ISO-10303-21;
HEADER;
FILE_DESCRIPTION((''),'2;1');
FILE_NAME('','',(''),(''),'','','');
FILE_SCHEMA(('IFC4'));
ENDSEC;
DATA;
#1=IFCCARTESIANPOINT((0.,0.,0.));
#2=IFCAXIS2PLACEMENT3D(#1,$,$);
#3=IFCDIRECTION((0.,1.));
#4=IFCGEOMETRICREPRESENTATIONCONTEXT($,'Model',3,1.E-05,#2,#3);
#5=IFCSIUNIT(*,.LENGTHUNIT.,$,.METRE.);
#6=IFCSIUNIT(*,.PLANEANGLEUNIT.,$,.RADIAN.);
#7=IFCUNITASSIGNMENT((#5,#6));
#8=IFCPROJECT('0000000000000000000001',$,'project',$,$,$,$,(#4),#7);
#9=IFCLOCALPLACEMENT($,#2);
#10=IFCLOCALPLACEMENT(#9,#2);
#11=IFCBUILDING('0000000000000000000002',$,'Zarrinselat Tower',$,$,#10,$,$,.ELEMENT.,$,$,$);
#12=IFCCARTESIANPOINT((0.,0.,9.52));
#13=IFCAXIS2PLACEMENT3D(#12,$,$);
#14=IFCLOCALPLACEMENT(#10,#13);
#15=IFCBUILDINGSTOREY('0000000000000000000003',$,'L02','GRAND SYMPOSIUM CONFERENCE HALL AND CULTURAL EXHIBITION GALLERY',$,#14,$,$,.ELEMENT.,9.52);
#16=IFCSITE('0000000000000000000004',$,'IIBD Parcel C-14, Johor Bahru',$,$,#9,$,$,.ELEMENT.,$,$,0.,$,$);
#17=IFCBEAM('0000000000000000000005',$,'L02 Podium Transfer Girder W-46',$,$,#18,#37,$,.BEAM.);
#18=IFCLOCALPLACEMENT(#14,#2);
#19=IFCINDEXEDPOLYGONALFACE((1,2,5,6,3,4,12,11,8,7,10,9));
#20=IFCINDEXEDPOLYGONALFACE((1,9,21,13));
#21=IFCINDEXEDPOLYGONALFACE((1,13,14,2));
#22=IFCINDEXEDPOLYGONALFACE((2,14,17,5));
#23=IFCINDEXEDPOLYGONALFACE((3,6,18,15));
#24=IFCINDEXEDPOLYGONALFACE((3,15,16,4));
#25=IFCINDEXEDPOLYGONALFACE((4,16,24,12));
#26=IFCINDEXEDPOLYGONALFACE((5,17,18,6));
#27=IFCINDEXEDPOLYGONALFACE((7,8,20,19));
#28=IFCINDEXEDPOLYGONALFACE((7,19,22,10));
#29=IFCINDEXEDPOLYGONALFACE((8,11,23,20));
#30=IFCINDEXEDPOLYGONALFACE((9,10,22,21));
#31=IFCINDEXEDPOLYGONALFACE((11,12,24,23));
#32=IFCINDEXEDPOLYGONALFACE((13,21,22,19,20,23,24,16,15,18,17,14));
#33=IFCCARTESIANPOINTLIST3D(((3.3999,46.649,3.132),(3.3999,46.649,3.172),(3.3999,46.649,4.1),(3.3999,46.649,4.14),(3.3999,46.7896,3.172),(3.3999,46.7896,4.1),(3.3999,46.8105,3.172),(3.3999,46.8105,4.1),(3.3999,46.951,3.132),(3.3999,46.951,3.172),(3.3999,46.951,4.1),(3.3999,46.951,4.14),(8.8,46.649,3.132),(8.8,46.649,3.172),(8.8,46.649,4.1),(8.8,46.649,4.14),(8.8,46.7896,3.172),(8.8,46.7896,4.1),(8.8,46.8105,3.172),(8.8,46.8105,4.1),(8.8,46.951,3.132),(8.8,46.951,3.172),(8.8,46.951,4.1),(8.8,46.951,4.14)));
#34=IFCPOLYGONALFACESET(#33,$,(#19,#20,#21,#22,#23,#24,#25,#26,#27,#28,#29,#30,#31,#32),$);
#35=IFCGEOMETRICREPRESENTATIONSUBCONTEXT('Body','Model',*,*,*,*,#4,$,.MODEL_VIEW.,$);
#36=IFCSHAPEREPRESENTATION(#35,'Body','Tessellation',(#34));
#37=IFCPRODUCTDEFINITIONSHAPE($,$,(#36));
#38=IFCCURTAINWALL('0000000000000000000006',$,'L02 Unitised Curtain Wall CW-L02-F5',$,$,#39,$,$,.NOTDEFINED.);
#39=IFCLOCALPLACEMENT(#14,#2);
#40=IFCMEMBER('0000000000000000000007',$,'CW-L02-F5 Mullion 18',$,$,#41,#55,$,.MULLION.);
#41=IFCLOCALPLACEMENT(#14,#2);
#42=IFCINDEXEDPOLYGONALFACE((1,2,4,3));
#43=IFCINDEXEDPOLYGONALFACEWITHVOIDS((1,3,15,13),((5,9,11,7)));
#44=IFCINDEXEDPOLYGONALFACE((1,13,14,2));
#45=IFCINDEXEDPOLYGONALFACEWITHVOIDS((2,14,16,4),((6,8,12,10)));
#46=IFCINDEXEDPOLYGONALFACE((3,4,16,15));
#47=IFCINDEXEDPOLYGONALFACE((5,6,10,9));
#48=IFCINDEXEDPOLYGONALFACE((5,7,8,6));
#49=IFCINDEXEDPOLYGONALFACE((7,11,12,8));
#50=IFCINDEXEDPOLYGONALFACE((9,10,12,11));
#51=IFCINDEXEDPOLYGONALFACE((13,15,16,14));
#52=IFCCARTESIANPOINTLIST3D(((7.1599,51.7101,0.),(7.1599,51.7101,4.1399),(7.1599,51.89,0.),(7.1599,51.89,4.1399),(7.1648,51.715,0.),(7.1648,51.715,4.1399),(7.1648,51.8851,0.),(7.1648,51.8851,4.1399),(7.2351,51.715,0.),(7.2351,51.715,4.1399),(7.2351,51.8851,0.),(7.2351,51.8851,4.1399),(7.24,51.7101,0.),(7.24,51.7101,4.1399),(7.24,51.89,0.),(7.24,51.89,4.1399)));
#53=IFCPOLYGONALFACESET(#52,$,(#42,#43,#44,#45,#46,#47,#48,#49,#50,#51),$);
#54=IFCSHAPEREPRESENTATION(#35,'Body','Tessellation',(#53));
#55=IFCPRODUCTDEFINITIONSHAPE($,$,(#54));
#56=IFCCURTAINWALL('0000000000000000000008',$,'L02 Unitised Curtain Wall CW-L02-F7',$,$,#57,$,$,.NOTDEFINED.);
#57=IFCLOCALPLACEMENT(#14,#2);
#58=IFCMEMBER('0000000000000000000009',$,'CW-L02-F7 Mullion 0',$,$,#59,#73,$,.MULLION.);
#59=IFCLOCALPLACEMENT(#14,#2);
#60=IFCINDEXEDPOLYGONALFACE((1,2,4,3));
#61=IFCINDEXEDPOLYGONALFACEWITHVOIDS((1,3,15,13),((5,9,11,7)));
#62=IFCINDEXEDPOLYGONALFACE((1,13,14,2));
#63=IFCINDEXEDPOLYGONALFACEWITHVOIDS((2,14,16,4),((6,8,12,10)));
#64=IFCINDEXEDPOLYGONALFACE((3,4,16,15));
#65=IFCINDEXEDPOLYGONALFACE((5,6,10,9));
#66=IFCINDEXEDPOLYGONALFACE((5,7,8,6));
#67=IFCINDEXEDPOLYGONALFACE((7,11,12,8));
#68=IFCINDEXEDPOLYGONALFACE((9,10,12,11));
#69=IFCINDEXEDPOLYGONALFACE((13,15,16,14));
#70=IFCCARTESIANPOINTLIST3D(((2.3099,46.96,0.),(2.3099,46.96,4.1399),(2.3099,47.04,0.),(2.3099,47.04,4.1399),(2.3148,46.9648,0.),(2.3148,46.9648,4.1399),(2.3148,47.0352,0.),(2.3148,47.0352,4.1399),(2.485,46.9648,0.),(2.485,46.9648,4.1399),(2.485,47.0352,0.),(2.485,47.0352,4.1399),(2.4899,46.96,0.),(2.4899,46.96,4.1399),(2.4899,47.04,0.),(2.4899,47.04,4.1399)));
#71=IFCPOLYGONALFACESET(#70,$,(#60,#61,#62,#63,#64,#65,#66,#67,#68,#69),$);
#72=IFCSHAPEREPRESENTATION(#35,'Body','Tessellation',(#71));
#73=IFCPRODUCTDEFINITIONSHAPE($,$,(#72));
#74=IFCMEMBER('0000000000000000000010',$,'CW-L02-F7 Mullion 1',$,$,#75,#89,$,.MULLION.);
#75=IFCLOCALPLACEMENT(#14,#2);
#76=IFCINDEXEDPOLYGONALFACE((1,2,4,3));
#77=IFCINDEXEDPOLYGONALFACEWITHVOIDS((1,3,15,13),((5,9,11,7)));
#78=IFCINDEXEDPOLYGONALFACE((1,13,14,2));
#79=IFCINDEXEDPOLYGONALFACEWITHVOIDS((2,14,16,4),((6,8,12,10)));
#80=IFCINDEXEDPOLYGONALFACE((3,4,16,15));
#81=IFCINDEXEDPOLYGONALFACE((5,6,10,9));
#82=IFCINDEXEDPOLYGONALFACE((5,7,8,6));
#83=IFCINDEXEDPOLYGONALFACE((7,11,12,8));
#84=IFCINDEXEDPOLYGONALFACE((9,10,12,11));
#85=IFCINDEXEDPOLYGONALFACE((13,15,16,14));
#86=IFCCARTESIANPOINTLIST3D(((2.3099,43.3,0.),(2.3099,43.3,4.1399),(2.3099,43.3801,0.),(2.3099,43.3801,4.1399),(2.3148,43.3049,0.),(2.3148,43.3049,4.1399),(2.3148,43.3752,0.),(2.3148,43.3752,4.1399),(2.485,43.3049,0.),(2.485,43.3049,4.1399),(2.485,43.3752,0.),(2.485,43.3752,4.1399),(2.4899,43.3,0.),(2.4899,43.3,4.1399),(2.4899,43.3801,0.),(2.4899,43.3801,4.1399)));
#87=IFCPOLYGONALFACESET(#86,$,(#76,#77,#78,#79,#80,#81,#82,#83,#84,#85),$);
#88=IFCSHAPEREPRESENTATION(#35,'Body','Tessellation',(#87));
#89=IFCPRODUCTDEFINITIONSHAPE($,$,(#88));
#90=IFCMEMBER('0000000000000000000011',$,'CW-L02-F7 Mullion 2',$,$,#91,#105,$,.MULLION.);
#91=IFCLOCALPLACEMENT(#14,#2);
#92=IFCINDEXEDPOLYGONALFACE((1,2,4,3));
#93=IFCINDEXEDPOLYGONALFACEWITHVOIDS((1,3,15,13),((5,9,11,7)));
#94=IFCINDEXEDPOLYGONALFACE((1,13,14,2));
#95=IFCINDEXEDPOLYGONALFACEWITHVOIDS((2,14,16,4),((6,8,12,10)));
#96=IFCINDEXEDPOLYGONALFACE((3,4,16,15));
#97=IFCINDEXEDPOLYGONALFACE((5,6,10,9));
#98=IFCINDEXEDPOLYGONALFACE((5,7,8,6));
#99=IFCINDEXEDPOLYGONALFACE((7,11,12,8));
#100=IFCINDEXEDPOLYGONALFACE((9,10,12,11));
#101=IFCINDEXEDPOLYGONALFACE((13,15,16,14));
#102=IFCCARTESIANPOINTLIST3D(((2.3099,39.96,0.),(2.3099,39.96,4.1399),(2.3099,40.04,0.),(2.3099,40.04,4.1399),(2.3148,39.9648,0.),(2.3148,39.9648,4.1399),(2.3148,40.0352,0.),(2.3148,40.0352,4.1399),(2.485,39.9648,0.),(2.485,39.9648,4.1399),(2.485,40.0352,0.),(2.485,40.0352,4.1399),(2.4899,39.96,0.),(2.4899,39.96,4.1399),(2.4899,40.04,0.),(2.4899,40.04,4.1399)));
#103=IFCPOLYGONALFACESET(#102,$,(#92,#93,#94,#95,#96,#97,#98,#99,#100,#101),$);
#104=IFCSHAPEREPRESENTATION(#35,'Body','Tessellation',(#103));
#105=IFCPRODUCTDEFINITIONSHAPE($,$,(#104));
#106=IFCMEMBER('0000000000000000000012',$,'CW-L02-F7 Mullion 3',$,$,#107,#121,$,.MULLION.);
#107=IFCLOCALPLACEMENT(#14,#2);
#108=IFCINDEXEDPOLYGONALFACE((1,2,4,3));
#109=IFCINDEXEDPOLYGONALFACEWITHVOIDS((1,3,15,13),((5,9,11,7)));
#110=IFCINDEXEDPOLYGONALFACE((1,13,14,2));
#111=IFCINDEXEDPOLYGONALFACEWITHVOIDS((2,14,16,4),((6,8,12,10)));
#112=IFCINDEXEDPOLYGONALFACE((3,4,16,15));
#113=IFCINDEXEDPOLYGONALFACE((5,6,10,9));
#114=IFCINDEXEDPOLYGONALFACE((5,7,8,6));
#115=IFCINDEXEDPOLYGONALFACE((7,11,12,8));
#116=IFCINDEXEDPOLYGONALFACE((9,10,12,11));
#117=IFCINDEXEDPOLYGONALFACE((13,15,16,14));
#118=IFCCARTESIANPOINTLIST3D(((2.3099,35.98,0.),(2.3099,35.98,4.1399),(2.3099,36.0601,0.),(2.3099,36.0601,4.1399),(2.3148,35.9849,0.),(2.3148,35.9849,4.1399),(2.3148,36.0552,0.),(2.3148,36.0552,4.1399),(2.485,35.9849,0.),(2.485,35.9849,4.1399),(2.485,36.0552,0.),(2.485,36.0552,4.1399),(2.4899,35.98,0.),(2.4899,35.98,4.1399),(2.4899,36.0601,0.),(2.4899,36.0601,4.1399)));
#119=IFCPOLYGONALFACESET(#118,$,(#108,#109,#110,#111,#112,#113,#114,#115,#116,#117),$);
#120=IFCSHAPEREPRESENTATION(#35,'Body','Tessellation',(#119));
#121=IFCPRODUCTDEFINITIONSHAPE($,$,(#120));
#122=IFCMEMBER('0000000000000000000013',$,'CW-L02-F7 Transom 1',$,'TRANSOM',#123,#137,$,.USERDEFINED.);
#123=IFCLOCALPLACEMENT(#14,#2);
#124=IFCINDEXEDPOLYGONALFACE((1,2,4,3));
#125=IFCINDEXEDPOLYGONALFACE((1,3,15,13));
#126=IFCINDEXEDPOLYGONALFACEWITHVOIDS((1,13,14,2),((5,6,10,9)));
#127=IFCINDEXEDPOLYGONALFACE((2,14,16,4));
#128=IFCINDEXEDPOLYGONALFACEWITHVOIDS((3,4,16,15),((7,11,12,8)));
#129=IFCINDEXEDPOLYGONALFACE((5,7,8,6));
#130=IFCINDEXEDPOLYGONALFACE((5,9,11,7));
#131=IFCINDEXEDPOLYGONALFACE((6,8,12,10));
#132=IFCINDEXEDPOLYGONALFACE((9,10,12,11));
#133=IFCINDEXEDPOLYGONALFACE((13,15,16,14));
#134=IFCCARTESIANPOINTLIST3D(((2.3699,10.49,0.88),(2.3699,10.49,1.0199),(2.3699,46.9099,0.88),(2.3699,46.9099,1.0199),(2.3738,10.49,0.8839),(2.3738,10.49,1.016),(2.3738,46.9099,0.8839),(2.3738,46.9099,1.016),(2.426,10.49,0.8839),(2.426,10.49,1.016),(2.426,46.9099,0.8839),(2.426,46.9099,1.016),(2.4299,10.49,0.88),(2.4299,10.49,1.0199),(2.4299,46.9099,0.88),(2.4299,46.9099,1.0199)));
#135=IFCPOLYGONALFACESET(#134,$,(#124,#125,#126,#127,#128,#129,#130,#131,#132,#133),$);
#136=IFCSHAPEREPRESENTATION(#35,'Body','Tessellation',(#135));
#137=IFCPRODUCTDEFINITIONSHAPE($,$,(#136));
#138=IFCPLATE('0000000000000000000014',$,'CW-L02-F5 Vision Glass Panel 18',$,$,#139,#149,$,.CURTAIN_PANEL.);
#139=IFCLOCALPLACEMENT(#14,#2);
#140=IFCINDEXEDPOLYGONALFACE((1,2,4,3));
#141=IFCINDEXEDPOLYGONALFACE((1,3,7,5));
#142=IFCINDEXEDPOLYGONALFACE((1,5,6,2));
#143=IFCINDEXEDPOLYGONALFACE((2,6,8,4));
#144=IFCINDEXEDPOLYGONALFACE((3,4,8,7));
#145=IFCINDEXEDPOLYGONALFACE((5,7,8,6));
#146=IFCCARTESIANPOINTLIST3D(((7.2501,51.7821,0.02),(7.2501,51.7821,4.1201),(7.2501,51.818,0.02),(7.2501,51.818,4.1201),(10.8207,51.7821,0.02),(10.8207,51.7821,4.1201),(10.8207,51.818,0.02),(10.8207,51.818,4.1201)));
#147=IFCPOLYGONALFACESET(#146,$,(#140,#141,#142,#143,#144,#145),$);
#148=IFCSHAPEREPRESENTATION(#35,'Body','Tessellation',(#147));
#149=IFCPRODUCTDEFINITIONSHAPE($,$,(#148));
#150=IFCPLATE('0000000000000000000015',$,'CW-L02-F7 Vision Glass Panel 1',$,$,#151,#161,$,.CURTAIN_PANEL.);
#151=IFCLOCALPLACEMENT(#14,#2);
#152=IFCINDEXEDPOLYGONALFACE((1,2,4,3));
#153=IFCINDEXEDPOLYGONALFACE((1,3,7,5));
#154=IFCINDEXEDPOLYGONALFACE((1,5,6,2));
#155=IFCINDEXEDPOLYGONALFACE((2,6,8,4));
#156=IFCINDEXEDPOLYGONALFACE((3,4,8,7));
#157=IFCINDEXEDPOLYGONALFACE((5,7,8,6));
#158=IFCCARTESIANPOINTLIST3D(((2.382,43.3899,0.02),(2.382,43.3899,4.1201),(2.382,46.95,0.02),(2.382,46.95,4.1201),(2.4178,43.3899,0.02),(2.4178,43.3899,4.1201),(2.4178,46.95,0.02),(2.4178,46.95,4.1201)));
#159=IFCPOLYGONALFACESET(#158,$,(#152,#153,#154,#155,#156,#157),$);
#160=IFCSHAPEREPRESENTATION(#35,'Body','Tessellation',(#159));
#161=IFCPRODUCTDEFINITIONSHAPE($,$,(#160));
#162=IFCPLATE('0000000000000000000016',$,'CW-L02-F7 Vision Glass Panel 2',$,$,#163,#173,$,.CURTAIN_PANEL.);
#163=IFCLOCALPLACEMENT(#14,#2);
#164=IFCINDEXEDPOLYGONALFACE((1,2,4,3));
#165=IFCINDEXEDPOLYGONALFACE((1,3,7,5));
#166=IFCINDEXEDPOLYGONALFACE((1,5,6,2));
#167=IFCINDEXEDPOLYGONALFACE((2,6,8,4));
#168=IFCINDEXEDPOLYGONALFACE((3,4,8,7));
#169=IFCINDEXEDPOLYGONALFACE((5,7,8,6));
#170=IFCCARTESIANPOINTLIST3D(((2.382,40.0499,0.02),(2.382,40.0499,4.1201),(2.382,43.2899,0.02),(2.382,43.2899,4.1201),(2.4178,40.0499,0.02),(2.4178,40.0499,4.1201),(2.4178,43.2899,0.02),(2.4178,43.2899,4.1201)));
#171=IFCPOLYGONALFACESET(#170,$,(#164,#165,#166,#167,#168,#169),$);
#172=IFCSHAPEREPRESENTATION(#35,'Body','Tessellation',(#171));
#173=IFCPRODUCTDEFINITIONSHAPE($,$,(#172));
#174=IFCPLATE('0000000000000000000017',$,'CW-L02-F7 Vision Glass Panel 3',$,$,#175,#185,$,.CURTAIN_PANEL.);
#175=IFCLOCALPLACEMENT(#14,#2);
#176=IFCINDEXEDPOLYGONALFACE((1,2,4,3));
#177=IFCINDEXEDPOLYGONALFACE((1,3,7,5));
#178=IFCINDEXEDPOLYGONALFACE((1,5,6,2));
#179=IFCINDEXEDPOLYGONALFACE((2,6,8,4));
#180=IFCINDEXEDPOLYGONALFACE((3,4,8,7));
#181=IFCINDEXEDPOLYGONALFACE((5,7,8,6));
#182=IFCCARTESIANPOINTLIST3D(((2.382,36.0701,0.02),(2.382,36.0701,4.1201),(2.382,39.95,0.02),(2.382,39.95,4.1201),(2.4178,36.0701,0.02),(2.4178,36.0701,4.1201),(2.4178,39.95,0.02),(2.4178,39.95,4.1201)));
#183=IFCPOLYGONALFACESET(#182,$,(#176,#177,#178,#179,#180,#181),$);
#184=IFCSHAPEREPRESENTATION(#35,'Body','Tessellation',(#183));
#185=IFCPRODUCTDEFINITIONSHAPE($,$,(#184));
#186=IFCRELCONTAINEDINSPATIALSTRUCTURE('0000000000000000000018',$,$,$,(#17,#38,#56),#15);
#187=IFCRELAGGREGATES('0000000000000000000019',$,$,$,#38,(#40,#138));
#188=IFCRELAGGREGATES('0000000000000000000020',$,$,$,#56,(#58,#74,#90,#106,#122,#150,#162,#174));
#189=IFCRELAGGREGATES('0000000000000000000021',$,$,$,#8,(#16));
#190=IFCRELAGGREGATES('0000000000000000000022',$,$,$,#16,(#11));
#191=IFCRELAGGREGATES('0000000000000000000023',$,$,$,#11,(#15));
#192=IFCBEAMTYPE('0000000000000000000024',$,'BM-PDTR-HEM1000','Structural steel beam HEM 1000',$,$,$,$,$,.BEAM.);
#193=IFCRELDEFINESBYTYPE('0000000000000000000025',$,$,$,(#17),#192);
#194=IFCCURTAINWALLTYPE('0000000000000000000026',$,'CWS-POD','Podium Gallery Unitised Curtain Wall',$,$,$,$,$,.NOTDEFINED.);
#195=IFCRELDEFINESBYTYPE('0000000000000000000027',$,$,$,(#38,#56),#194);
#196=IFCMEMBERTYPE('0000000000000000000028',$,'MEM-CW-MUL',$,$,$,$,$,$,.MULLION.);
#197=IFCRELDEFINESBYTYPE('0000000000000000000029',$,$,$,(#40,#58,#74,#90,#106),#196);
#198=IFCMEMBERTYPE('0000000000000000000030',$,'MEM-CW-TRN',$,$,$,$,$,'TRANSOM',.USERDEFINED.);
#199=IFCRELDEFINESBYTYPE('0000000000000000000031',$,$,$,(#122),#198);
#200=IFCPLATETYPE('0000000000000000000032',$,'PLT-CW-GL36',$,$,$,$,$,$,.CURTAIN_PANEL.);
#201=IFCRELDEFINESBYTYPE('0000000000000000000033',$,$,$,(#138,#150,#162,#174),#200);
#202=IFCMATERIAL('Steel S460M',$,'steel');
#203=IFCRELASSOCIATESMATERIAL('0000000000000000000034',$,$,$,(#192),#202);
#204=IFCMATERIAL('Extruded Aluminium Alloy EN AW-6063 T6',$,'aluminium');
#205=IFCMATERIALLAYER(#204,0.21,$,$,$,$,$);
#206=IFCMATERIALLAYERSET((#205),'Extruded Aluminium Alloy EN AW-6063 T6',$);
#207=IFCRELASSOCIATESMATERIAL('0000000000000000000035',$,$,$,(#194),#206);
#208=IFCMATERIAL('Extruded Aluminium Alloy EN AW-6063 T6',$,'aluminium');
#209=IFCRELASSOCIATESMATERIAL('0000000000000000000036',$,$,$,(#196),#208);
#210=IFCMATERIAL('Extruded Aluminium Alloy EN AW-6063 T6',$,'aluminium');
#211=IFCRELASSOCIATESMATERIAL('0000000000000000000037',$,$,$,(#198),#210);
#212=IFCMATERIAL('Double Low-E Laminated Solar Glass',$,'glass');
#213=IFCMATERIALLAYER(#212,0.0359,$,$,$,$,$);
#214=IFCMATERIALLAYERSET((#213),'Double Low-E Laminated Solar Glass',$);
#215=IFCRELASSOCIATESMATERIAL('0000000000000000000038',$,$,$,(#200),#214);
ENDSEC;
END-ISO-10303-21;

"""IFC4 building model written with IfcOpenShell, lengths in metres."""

from ifc_helpers import new_model, si_unit, direction, frame, origin, origin_2d, place, context, subcontext, project, spatial, rectangle, hollow_rectangle, i_section, extrude, material, layer, layer_set, material_profile, profile_set, type_object, element, aggregate, save


model = new_model("IFC4")

# Units and contexts
model_context = context("Model", 3, precision=1e-05, world=origin(), true_north=direction((0.0, 1.0)))
body_context = subcontext(model_context, "Body", "Model", "MODEL_VIEW")
ifc_project = project(units=[si_unit("LENGTHUNIT", "METRE"), si_unit("PLANEANGLEUNIT", "RADIAN")], contexts=[model_context])

# Site, building, storey
site_placement = place(None, origin())
site = spatial("IfcSite", under=ifc_project, at=site_placement, Name="IIBD Parcel C-14, Johor Bahru", CompositionType="ELEMENT", RefElevation=0.0)
building_placement = place(site_placement, origin())
building = spatial("IfcBuilding", under=site, at=building_placement, Name="Zarrinselat Tower", CompositionType="ELEMENT")
storey_placement = place(building_placement, frame((0.0, 0.0, 9.52)))
storey = spatial("IfcBuildingStorey", under=building, at=storey_placement, Name="L02", Description="GRAND SYMPOSIUM CONFERENCE HALL AND CULTURAL EXHIBITION GALLERY", CompositionType="ELEMENT", Elevation=9.52)

# Beam
ifc_material_1 = material(Name="Steel S460M", Category="steel")
ifc_material_profile_1 = material_profile(ifc_material_1, i_section(OverallWidth=0.302, OverallDepth=1.0081, WebThickness=0.021, FlangeThickness=0.04, at=origin_2d()), Name="HEM 1000")
ifc_profile_set_1 = profile_set([ifc_material_profile_1], Name="Steel S460M")
beam_type_1 = type_object("IfcBeamType", Name="BM-PDTR-HEM1000", Description="Structural steel beam HEM 1000", PredefinedType="BEAM", material=ifc_profile_set_1)
for number, where, z_axis, x_axis, name in (
    (1, (3.3999, 46.8, 3.636), (1.0, 0.0, 0.0), (0.0, 1.0, 0.0), "L02 Podium Transfer Girder W-46"),
):
    element("IfcBeam", number, at=place(storey_placement, frame(where, z_axis=z_axis, x_axis=x_axis)), inside=storey, type_object=beam_type_1, Name=name, PredefinedType="BEAM", context=body_context, shape_type="SweptSolid", body=[
        extrude(i_section(OverallWidth=0.302, OverallDepth=1.0081, WebThickness=0.021, FlangeThickness=0.04, at=origin_2d()), origin(), (0.0, 0.0, 1.0), 5.4001),
    ])

# Curtain wall, member
ifc_material_2 = material(Name="Extruded Aluminium Alloy EN AW-6063 T6", Category="aluminium")
ifc_layer_1 = layer(ifc_material_2, 0.21)
ifc_layer_set_1 = layer_set([ifc_layer_1], Name="Extruded Aluminium Alloy EN AW-6063 T6")
curtain_wall_type = type_object("IfcCurtainWallType", Name="CWS-POD", Description="Podium Gallery Unitised Curtain Wall", PredefinedType="NOTDEFINED", material=ifc_layer_set_1)
curtain_wall_1_placement = place(storey_placement, origin())
curtain_wall_1 = element("IfcCurtainWall", 2, at=curtain_wall_1_placement, inside=storey, type_object=curtain_wall_type, Name="L02 Unitised Curtain Wall CW-L02-F5", PredefinedType="NOTDEFINED")
ifc_material_3 = material(Name="Extruded Aluminium Alloy EN AW-6063 T6", Category="aluminium")
ifc_material_profile_2 = material_profile(ifc_material_3, hollow_rectangle(XDim=0.0801, YDim=0.1799, WallThickness=0.0049, at=origin_2d()), Name="RHS 180x80x5")
ifc_profile_set_2 = profile_set([ifc_material_profile_2], Name="Extruded Aluminium Alloy EN AW-6063 T6")
member_type_1 = type_object("IfcMemberType", Name="MEM-CW-MUL", PredefinedType="MULLION", material=ifc_profile_set_2)
member_1_placement = place(storey_placement, frame((7.2, 51.8, 0.0), z_axis=(0.0, 0.0, 1.0), x_axis=(-1.0, 0.0, 0.0)))
member_1 = element("IfcMember", 3, at=member_1_placement, type_object=member_type_1, Name="CW-L02-F5 Mullion 18", PredefinedType="MULLION", context=body_context, shape_type="SweptSolid", body=[
    extrude(hollow_rectangle(XDim=0.0801, YDim=0.1799, WallThickness=0.0049, at=origin_2d()), origin(), (0.0, 0.0, 1.0), 4.1399),
])

# Curtain wall, members
curtain_wall_2_placement = place(storey_placement, origin())
curtain_wall_2 = element("IfcCurtainWall", 4, at=curtain_wall_2_placement, inside=storey, type_object=curtain_wall_type, Name="L02 Unitised Curtain Wall CW-L02-F7", PredefinedType="NOTDEFINED")
member_2_placement = place(storey_placement, frame((2.3999, 47.0, 0.0), z_axis=(0.0, 0.0, 1.0), x_axis=(0.0, -1.0, 0.0)))
member_2 = element("IfcMember", 5, at=member_2_placement, type_object=member_type_1, Name="CW-L02-F7 Mullion 0", PredefinedType="MULLION", context=body_context, shape_type="SweptSolid", body=[
    extrude(hollow_rectangle(XDim=0.0801, YDim=0.1799, WallThickness=0.0049, at=origin_2d()), origin(), (0.0, 0.0, 1.0), 4.1399),
])
member_3_placement = place(storey_placement, frame((2.3999, 43.3401, 0.0), z_axis=(0.0, 0.0, 1.0), x_axis=(0.0, -1.0, 0.0)))
member_3 = element("IfcMember", 6, at=member_3_placement, type_object=member_type_1, Name="CW-L02-F7 Mullion 1", PredefinedType="MULLION", context=body_context, shape_type="SweptSolid", body=[
    extrude(hollow_rectangle(XDim=0.0801, YDim=0.1799, WallThickness=0.0049, at=origin_2d()), origin(), (0.0, 0.0, 1.0), 4.1399),
])
member_4_placement = place(storey_placement, frame((2.3999, 40.0, 0.0), z_axis=(0.0, 0.0, 1.0), x_axis=(0.0, -1.0, 0.0)))
member_4 = element("IfcMember", 7, at=member_4_placement, type_object=member_type_1, Name="CW-L02-F7 Mullion 2", PredefinedType="MULLION", context=body_context, shape_type="SweptSolid", body=[
    extrude(hollow_rectangle(XDim=0.0801, YDim=0.1799, WallThickness=0.0049, at=origin_2d()), origin(), (0.0, 0.0, 1.0), 4.1399),
])
member_5_placement = place(storey_placement, frame((2.3999, 36.02, 0.0), z_axis=(0.0, 0.0, 1.0), x_axis=(0.0, -1.0, 0.0)))
member_5 = element("IfcMember", 8, at=member_5_placement, type_object=member_type_1, Name="CW-L02-F7 Mullion 3", PredefinedType="MULLION", context=body_context, shape_type="SweptSolid", body=[
    extrude(hollow_rectangle(XDim=0.0801, YDim=0.1799, WallThickness=0.0049, at=origin_2d()), origin(), (0.0, 0.0, 1.0), 4.1399),
])
ifc_material_4 = material(Name="Extruded Aluminium Alloy EN AW-6063 T6", Category="aluminium")
ifc_material_profile_3 = material_profile(ifc_material_4, hollow_rectangle(XDim=0.0601, YDim=0.1399, WallThickness=0.0039, at=origin_2d()), Name="RHS 140x60x4")
ifc_profile_set_3 = profile_set([ifc_material_profile_3], Name="Extruded Aluminium Alloy EN AW-6063 T6")
member_type_2 = type_object("IfcMemberType", Name="MEM-CW-TRN", ElementType="TRANSOM", PredefinedType="USERDEFINED", material=ifc_profile_set_3)
member_6_placement = place(storey_placement, frame((2.3999, 46.9099, 0.95), z_axis=(0.0, -1.0, 0.0), x_axis=(1.0, 0.0, 0.0)))
member_6 = element("IfcMember", 9, at=member_6_placement, type_object=member_type_2, Name="CW-L02-F7 Transom 1", ObjectType="TRANSOM", PredefinedType="USERDEFINED", context=body_context, shape_type="SweptSolid", body=[
    extrude(hollow_rectangle(XDim=0.0601, YDim=0.1399, WallThickness=0.0039, at=origin_2d()), origin(), (0.0, 0.0, 1.0), 36.4199),
])

# Plates
ifc_material_5 = material(Name="Double Low-E Laminated Solar Glass", Category="glass")
ifc_layer_2 = layer(ifc_material_5, 0.0359)
ifc_layer_set_2 = layer_set([ifc_layer_2], Name="Double Low-E Laminated Solar Glass")
plate_type = type_object("IfcPlateType", Name="PLT-CW-GL36", PredefinedType="CURTAIN_PANEL", material=ifc_layer_set_2)
plate_1_placement = place(storey_placement, frame((9.0354, 51.8, 0.02), z_axis=(0.0, 0.0, 1.0), x_axis=(-1.0, 0.0, 0.0)))
plate_1 = element("IfcPlate", 10, at=plate_1_placement, type_object=plate_type, Name="CW-L02-F5 Vision Glass Panel 18", PredefinedType="CURTAIN_PANEL", context=body_context, shape_type="SweptSolid", body=[
    extrude(rectangle(XDim=3.5706, YDim=0.0359, at=origin_2d()), origin(), (0.0, 0.0, 1.0), 4.1001),
])
aggregate(curtain_wall_1, [member_1, plate_1])
plate_2_placement = place(storey_placement, frame((2.3999, 45.1699, 0.02), z_axis=(0.0, 0.0, 1.0), x_axis=(0.0, -1.0, 0.0)))
plate_2 = element("IfcPlate", 11, at=plate_2_placement, type_object=plate_type, Name="CW-L02-F7 Vision Glass Panel 1", PredefinedType="CURTAIN_PANEL", context=body_context, shape_type="SweptSolid", body=[
    extrude(rectangle(XDim=3.5601, YDim=0.0359, at=origin_2d()), origin(), (0.0, 0.0, 1.0), 4.1001),
])
plate_3_placement = place(storey_placement, frame((2.3999, 41.6699, 0.02), z_axis=(0.0, 0.0, 1.0), x_axis=(0.0, -1.0, 0.0)))
plate_3 = element("IfcPlate", 12, at=plate_3_placement, type_object=plate_type, Name="CW-L02-F7 Vision Glass Panel 2", PredefinedType="CURTAIN_PANEL", context=body_context, shape_type="SweptSolid", body=[
    extrude(rectangle(XDim=3.24, YDim=0.0359, at=origin_2d()), origin(), (0.0, 0.0, 1.0), 4.1001),
])
plate_4_placement = place(storey_placement, frame((2.3999, 38.01, 0.02), z_axis=(0.0, 0.0, 1.0), x_axis=(0.0, -1.0, 0.0)))
plate_4 = element("IfcPlate", 13, at=plate_4_placement, type_object=plate_type, Name="CW-L02-F7 Vision Glass Panel 3", PredefinedType="CURTAIN_PANEL", context=body_context, shape_type="SweptSolid", body=[
    extrude(rectangle(XDim=3.8799, YDim=0.0359, at=origin_2d()), origin(), (0.0, 0.0, 1.0), 4.1001),
])
aggregate(curtain_wall_2, [member_2, member_3, member_4, member_5, member_6, plate_2, plate_3, plate_4])

save(model, "model.ifc")
